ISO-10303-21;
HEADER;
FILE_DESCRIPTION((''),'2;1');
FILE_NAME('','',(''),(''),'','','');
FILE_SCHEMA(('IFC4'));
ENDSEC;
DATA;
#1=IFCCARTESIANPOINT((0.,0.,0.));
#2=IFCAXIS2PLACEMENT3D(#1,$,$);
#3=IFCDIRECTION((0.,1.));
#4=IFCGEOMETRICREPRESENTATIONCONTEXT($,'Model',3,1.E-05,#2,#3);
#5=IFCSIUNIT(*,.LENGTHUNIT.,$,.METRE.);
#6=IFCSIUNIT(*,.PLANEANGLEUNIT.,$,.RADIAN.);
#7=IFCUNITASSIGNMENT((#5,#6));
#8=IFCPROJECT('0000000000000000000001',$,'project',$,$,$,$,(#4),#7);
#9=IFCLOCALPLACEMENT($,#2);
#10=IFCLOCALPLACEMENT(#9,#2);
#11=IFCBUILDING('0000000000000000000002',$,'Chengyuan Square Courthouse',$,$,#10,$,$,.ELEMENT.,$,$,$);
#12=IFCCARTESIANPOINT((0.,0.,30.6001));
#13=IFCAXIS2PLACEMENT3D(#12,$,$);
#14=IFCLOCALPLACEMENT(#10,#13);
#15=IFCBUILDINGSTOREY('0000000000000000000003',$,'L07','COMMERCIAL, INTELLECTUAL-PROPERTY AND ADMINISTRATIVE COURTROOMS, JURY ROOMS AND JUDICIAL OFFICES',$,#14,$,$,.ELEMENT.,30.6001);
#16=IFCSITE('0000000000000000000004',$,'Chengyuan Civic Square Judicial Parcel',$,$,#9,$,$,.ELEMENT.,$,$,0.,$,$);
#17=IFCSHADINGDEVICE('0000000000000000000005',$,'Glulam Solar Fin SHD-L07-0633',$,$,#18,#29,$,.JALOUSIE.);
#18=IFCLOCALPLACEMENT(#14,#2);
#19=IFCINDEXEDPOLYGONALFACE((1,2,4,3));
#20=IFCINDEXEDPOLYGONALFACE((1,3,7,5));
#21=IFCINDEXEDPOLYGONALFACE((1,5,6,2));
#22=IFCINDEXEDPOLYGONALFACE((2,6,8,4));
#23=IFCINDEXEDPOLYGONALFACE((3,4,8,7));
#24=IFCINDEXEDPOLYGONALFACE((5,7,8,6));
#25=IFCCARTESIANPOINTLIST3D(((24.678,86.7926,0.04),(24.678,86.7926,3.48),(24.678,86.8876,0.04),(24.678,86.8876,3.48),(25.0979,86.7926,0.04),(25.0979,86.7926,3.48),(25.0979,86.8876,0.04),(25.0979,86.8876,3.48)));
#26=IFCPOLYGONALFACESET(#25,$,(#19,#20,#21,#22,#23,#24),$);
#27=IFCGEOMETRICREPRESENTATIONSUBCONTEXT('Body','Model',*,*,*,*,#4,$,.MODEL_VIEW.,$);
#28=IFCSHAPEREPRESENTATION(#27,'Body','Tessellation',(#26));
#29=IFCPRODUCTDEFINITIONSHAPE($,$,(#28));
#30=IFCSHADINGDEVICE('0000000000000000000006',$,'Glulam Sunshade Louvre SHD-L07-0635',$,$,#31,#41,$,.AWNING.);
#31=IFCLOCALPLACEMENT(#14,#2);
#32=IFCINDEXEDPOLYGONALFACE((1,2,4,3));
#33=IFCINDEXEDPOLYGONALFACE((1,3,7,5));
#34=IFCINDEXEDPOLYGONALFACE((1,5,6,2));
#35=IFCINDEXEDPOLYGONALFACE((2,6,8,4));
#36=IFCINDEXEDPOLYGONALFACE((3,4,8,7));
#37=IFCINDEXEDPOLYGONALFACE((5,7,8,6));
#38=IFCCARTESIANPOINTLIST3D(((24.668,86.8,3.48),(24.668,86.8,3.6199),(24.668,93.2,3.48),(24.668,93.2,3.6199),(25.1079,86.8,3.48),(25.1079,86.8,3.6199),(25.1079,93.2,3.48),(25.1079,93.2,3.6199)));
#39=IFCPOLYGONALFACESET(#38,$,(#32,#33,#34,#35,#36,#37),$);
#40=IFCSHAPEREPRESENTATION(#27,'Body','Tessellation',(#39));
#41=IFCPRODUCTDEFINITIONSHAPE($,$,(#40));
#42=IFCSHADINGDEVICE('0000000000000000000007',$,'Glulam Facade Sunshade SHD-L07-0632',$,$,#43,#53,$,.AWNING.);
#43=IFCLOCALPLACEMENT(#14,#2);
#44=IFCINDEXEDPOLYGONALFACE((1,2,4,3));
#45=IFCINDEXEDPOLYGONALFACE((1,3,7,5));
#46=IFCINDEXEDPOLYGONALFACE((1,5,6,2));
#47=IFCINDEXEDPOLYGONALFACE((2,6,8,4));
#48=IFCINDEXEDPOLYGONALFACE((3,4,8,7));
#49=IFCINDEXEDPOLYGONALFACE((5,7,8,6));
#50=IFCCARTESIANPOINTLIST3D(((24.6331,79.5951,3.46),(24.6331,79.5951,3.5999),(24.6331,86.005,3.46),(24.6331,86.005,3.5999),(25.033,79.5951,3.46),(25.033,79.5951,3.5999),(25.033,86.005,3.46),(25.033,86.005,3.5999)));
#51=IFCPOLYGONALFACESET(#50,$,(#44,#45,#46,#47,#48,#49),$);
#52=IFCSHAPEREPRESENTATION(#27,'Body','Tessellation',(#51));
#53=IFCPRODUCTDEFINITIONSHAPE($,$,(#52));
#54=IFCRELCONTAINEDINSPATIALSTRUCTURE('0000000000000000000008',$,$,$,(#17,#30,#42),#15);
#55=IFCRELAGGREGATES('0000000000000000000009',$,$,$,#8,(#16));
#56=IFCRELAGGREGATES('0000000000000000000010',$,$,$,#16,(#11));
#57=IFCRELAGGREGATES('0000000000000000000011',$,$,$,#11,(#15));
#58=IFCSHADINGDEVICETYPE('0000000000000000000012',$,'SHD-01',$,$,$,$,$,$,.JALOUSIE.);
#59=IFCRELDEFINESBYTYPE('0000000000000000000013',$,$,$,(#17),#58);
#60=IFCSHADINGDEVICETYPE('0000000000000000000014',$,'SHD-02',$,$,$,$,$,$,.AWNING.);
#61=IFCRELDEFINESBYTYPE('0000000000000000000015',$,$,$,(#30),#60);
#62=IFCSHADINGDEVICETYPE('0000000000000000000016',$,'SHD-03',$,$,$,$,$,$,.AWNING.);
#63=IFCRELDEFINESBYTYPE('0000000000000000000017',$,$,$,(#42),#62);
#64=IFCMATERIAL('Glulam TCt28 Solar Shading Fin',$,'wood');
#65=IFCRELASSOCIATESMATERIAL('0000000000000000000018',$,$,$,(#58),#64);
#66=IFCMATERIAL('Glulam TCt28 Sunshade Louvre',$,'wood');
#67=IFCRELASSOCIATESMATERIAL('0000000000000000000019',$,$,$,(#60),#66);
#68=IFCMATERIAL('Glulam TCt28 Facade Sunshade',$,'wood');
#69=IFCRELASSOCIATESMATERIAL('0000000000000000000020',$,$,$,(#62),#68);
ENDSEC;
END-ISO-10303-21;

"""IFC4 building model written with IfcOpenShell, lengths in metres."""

from ifc_helpers import new_model, si_unit, direction, frame, origin, origin_2d, place, context, subcontext, project, spatial, rectangle, extrude, material, type_object, element, save


model = new_model("IFC4")

# Units and contexts
model_context = context("Model", 3, precision=1e-05, world=origin(), true_north=direction((0.0, 1.0)))
body_context = subcontext(model_context, "Body", "Model", "MODEL_VIEW")
ifc_project = project(units=[si_unit("LENGTHUNIT", "METRE"), si_unit("PLANEANGLEUNIT", "RADIAN")], contexts=[model_context])

# Site, building, storey
site_placement = place(None, origin())
site = spatial("IfcSite", under=ifc_project, at=site_placement, Name="Chengyuan Civic Square Judicial Parcel", CompositionType="ELEMENT", RefElevation=0.0)
building_placement = place(site_placement, origin())
building = spatial("IfcBuilding", under=site, at=building_placement, Name="Chengyuan Square Courthouse", CompositionType="ELEMENT")
storey_placement = place(building_placement, frame((0.0, 0.0, 30.6001)))
storey = spatial("IfcBuildingStorey", under=building, at=storey_placement, Name="L07", Description="COMMERCIAL, INTELLECTUAL-PROPERTY AND ADMINISTRATIVE COURTROOMS, JURY ROOMS AND JUDICIAL OFFICES", CompositionType="ELEMENT", Elevation=30.6001)

# Shading devices
ifc_material_1 = material(Name="Glulam TCt28 Solar Shading Fin", Category="wood")
shading_device_type_1 = type_object("IfcShadingDeviceType", Name="SHD-01", PredefinedType="JALOUSIE", material=ifc_material_1)
shading_device_1_placement = place(storey_placement, frame((24.8879, 86.8401, 0.04), z_axis=(0.0, 0.0, 1.0), x_axis=(1.0, 0.0, 0.0)))
element("IfcShadingDevice", 1, at=shading_device_1_placement, inside=storey, type_object=shading_device_type_1, Name="Glulam Solar Fin SHD-L07-0633", PredefinedType="JALOUSIE", context=body_context, shape_type="SweptSolid", body=[
    extrude(rectangle(XDim=0.4199, YDim=0.095, at=origin_2d()), origin(), (0.0, 0.0, 1.0), 3.4399),
])
ifc_material_2 = material(Name="Glulam TCt28 Sunshade Louvre", Category="wood")
shading_device_type_2 = type_object("IfcShadingDeviceType", Name="SHD-02", PredefinedType="AWNING", material=ifc_material_2)
shading_device_2_placement = place(storey_placement, frame((24.8879, 90.0, 3.48), z_axis=(0.0, 0.0, 1.0), x_axis=(0.0, 1.0, 0.0)))
element("IfcShadingDevice", 2, at=shading_device_2_placement, inside=storey, type_object=shading_device_type_2, Name="Glulam Sunshade Louvre SHD-L07-0635", PredefinedType="AWNING", context=body_context, shape_type="SweptSolid", body=[
    extrude(rectangle(XDim=6.3999, YDim=0.4399, at=origin_2d()), origin(), (0.0, 0.0, 1.0), 0.1399),
])
ifc_material_3 = material(Name="Glulam TCt28 Facade Sunshade", Category="wood")
shading_device_type_3 = type_object("IfcShadingDeviceType", Name="SHD-03", PredefinedType="AWNING", material=ifc_material_3)
shading_device_3_placement = place(storey_placement, frame((24.833, 82.8, 3.46), z_axis=(0.0, 0.0, 1.0), x_axis=(0.0, 1.0, 0.0)))
element("IfcShadingDevice", 3, at=shading_device_3_placement, inside=storey, type_object=shading_device_type_3, Name="Glulam Facade Sunshade SHD-L07-0632", PredefinedType="AWNING", context=body_context, shape_type="SweptSolid", body=[
    extrude(rectangle(XDim=6.4099, YDim=0.3999, at=origin_2d()), origin(), (0.0, 0.0, 1.0), 0.1399),
])

save(model, "model.ifc")
